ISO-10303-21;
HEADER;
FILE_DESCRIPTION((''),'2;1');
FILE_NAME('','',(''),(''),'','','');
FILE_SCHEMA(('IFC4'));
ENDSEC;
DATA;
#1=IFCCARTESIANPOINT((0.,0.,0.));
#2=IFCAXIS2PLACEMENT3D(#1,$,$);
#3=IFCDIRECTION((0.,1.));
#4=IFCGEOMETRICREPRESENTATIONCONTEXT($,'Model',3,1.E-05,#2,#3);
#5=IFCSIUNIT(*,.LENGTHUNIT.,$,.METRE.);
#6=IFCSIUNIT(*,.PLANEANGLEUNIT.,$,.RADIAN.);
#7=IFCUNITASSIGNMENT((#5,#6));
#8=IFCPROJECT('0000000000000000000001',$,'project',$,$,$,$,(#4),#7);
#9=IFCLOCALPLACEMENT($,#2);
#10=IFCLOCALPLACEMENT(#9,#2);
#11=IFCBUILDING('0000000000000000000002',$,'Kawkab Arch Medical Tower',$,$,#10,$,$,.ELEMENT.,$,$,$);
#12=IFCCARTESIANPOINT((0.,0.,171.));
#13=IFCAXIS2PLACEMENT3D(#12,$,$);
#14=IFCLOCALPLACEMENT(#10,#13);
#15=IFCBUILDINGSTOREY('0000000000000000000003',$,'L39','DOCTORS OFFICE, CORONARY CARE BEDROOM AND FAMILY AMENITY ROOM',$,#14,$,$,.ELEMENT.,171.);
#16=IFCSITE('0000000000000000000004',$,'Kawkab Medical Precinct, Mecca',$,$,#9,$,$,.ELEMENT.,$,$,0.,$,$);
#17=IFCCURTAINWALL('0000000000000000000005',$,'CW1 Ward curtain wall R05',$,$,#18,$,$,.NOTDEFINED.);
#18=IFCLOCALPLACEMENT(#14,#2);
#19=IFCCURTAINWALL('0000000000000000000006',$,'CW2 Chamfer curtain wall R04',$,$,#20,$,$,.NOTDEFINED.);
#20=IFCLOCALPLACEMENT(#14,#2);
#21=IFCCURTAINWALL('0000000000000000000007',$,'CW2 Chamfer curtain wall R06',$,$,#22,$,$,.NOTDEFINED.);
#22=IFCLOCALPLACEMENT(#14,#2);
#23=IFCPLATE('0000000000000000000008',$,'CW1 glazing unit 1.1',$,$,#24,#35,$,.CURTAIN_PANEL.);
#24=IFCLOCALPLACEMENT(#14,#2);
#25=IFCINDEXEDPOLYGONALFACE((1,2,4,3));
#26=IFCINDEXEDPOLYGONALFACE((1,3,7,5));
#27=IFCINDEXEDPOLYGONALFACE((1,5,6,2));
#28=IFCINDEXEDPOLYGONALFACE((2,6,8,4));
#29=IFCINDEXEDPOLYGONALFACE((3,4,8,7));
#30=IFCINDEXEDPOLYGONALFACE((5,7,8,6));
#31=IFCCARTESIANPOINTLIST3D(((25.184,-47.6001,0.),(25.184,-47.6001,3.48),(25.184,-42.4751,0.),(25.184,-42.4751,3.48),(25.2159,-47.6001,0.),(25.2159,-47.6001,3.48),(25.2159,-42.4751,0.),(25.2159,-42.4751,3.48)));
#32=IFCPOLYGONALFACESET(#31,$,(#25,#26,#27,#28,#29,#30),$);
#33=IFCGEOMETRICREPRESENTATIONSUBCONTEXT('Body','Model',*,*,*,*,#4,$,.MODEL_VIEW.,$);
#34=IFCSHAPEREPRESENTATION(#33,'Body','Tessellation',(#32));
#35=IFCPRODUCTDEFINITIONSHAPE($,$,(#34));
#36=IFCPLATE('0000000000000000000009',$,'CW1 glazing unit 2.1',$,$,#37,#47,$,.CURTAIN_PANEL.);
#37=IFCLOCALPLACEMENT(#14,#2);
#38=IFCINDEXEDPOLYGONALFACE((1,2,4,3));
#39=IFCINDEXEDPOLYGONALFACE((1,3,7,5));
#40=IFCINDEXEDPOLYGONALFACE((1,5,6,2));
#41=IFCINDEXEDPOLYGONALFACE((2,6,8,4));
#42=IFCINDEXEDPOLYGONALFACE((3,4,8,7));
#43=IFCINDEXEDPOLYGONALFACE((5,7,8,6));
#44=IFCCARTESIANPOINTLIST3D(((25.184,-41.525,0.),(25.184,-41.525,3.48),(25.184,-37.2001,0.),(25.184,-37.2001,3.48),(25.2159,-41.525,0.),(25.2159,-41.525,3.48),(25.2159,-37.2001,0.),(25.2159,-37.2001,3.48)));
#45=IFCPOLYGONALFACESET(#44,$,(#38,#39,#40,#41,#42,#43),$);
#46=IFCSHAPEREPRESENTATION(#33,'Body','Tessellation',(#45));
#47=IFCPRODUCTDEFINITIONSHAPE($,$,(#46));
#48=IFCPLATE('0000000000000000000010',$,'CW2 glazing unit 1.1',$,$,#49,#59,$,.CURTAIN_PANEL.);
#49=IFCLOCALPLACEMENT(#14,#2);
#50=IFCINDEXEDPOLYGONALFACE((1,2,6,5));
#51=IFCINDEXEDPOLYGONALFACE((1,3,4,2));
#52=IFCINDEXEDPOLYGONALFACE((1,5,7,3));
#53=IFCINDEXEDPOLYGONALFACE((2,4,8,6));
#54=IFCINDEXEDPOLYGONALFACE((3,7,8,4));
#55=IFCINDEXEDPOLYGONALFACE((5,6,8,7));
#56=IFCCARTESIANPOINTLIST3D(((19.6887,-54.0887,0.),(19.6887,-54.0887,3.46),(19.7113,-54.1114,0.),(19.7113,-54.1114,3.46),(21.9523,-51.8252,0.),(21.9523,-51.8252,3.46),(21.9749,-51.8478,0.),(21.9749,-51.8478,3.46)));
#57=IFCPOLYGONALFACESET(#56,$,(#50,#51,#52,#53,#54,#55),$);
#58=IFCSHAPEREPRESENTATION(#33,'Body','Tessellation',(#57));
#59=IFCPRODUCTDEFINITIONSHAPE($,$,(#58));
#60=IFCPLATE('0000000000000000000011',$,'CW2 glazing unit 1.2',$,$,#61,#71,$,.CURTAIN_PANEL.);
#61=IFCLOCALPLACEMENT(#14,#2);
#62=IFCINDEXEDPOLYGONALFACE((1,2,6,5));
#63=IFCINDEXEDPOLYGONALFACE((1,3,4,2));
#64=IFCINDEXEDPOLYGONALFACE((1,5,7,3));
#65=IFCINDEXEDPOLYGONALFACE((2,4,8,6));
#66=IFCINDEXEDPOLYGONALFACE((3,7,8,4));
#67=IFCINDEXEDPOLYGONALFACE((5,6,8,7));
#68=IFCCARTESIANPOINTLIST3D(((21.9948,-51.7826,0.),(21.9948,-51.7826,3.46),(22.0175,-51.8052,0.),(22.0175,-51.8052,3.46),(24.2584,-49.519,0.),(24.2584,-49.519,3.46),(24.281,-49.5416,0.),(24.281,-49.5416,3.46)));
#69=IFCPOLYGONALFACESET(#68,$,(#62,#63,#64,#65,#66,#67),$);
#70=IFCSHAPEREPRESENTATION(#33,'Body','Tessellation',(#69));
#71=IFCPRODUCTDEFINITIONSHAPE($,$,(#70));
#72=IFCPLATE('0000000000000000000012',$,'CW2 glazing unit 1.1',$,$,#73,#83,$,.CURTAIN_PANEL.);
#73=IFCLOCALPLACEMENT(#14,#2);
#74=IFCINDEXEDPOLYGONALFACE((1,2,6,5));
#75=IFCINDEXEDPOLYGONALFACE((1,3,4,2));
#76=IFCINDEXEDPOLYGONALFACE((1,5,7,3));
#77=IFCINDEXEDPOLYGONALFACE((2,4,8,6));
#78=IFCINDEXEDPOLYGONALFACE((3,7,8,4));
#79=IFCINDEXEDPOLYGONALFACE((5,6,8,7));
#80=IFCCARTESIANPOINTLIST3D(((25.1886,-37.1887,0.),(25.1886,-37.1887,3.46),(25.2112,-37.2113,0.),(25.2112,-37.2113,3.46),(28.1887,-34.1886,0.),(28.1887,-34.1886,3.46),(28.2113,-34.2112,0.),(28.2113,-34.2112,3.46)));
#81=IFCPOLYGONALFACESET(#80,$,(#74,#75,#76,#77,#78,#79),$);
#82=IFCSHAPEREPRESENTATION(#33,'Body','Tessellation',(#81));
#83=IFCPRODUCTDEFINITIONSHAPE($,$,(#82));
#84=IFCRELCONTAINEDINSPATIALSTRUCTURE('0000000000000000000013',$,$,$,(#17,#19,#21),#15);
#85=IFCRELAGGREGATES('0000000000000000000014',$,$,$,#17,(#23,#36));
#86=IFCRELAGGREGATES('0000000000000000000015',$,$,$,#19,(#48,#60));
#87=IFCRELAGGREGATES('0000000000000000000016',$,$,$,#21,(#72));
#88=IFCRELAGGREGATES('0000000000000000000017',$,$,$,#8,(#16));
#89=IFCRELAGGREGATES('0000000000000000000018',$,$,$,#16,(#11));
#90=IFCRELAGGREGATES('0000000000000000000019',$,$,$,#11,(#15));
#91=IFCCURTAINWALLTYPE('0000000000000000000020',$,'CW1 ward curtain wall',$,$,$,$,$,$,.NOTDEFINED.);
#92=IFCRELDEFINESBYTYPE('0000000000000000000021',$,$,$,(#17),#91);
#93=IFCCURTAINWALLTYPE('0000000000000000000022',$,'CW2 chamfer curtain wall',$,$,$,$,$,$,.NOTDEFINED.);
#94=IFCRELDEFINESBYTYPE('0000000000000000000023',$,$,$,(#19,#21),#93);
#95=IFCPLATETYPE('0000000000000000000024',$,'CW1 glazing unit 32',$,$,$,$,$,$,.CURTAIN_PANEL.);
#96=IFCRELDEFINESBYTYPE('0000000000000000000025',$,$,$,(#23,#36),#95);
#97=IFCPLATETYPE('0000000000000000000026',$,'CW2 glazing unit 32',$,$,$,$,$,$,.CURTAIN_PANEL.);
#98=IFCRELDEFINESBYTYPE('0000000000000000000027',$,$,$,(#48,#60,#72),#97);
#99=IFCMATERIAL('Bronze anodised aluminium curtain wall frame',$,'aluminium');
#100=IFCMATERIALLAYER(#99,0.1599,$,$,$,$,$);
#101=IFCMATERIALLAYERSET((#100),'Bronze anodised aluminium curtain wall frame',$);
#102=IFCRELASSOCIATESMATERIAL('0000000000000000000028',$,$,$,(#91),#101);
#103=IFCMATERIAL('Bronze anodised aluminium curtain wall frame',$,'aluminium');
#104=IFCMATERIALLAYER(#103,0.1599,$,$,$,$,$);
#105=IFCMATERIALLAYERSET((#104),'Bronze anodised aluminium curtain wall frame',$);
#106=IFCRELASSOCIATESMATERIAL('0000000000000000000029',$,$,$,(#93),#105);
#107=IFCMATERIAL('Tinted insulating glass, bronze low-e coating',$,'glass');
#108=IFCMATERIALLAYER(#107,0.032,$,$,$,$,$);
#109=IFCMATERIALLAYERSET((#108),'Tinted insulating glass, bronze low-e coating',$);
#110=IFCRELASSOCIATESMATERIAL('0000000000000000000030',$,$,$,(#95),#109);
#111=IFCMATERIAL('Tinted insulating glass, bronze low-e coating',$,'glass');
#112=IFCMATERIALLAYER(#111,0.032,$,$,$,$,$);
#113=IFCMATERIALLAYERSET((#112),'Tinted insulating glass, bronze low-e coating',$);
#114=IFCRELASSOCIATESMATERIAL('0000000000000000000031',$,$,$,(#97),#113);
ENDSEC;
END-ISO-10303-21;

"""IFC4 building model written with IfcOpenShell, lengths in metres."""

from ifc_helpers import new_model, si_unit, direction, frame, origin, origin_2d, place, context, subcontext, project, spatial, rectangle, extrude, material, layer, layer_set, type_object, element, aggregate, save


model = new_model("IFC4")

# Units and contexts
model_context = context("Model", 3, precision=1e-05, world=origin(), true_north=direction((0.0, 1.0)))
body_context = subcontext(model_context, "Body", "Model", "MODEL_VIEW")
ifc_project = project(units=[si_unit("LENGTHUNIT", "METRE"), si_unit("PLANEANGLEUNIT", "RADIAN")], contexts=[model_context])

# Site, building, storey
site_placement = place(None, origin())
site = spatial("IfcSite", under=ifc_project, at=site_placement, Name="Kawkab Medical Precinct, Mecca", CompositionType="ELEMENT", RefElevation=0.0)
building_placement = place(site_placement, origin())
building = spatial("IfcBuilding", under=site, at=building_placement, Name="Kawkab Arch Medical Tower", CompositionType="ELEMENT")
storey_placement = place(building_placement, frame((0.0, 0.0, 171.0)))
storey = spatial("IfcBuildingStorey", under=building, at=storey_placement, Name="L39", Description="DOCTORS OFFICE, CORONARY CARE BEDROOM AND FAMILY AMENITY ROOM", CompositionType="ELEMENT", Elevation=171.0)

# Curtain walls
ifc_material_1 = material(Name="Bronze anodised aluminium curtain wall frame", Category="aluminium")
ifc_layer_1 = layer(ifc_material_1, 0.1599)
ifc_layer_set_1 = layer_set([ifc_layer_1], Name="Bronze anodised aluminium curtain wall frame")
curtain_wall_type_1 = type_object("IfcCurtainWallType", Name="CW1 ward curtain wall", PredefinedType="NOTDEFINED", material=ifc_layer_set_1)
placement = place(storey_placement, origin())
curtain_wall_1 = element("IfcCurtainWall", 1, at=placement, inside=storey, type_object=curtain_wall_type_1, Name="CW1 Ward curtain wall R05", PredefinedType="NOTDEFINED")
ifc_material_2 = material(Name="Bronze anodised aluminium curtain wall frame", Category="aluminium")
ifc_layer_2 = layer(ifc_material_2, 0.1599)
ifc_layer_set_2 = layer_set([ifc_layer_2], Name="Bronze anodised aluminium curtain wall frame")
curtain_wall_type_2 = type_object("IfcCurtainWallType", Name="CW2 chamfer curtain wall", PredefinedType="NOTDEFINED", material=ifc_layer_set_2)
curtain_wall_2 = element("IfcCurtainWall", 2, at=placement, inside=storey, type_object=curtain_wall_type_2, Name="CW2 Chamfer curtain wall R04", PredefinedType="NOTDEFINED")
curtain_wall_3 = element("IfcCurtainWall", 3, at=placement, inside=storey, type_object=curtain_wall_type_2, Name="CW2 Chamfer curtain wall R06", PredefinedType="NOTDEFINED")

# Plates
ifc_material_3 = material(Name="Tinted insulating glass, bronze low-e coating", Category="glass")
ifc_layer_3 = layer(ifc_material_3, 0.032)
ifc_layer_set_3 = layer_set([ifc_layer_3], Name="Tinted insulating glass, bronze low-e coating")
plate_type_1 = type_object("IfcPlateType", Name="CW1 glazing unit 32", PredefinedType="CURTAIN_PANEL", material=ifc_layer_set_3)
plate_1_placement = place(storey_placement, frame((25.2, -45.0376, 0.0), z_axis=(0.0, 0.0, 1.0), x_axis=(0.0, 1.0, 0.0)))
plate_1 = element("IfcPlate", 4, at=plate_1_placement, type_object=plate_type_1, Name="CW1 glazing unit 1.1", PredefinedType="CURTAIN_PANEL", context=body_context, shape_type="SweptSolid", body=[
    extrude(rectangle(XDim=5.125, YDim=0.032, at=origin_2d()), origin(), (0.0, 0.0, 1.0), 3.48),
])
plate_2_placement = place(storey_placement, frame((25.2, -39.3625, 0.0), z_axis=(0.0, 0.0, 1.0), x_axis=(0.0, 1.0, 0.0)))
plate_2 = element("IfcPlate", 5, at=plate_2_placement, type_object=plate_type_1, Name="CW1 glazing unit 2.1", PredefinedType="CURTAIN_PANEL", context=body_context, shape_type="SweptSolid", body=[
    extrude(rectangle(XDim=4.325, YDim=0.032, at=origin_2d()), origin(), (0.0, 0.0, 1.0), 3.48),
])
aggregate(curtain_wall_1, [plate_1, plate_2])
ifc_material_4 = material(Name="Tinted insulating glass, bronze low-e coating", Category="glass")
ifc_layer_4 = layer(ifc_material_4, 0.032)
ifc_layer_set_4 = layer_set([ifc_layer_4], Name="Tinted insulating glass, bronze low-e coating")
plate_type_2 = type_object("IfcPlateType", Name="CW2 glazing unit 32", PredefinedType="CURTAIN_PANEL", material=ifc_layer_set_4)
plate_3_placement = place(storey_placement, frame((20.8318, -52.9683, 0.0), z_axis=(0.0, 0.0, 1.0), x_axis=(0.707107, 0.707107, 0.0)))
plate_3 = element("IfcPlate", 6, at=plate_3_placement, type_object=plate_type_2, Name="CW2 glazing unit 1.1", PredefinedType="CURTAIN_PANEL", context=body_context, shape_type="SweptSolid", body=[
    extrude(rectangle(XDim=3.2012, YDim=0.032, at=origin_2d()), origin(), (0.0, 0.0, 1.0), 3.46),
])
plate_4_placement = place(storey_placement, frame((23.1379, -50.6621, 0.0), z_axis=(0.0, 0.0, 1.0), x_axis=(0.707107, 0.707107, 0.0)))
plate_4 = element("IfcPlate", 7, at=plate_4_placement, type_object=plate_type_2, Name="CW2 glazing unit 1.2", PredefinedType="CURTAIN_PANEL", context=body_context, shape_type="SweptSolid", body=[
    extrude(rectangle(XDim=3.2012, YDim=0.032, at=origin_2d()), origin(), (0.0, 0.0, 1.0), 3.46),
])
aggregate(curtain_wall_2, [plate_3, plate_4])
plate_5_placement = place(storey_placement, frame((26.7, -35.7, 0.0), z_axis=(0.0, 0.0, 1.0), x_axis=(0.707107, 0.707107, 0.0)))
plate_5 = element("IfcPlate", 8, at=plate_5_placement, type_object=plate_type_2, Name="CW2 glazing unit 1.1", PredefinedType="CURTAIN_PANEL", context=body_context, shape_type="SweptSolid", body=[
    extrude(rectangle(XDim=4.2427, YDim=0.032, at=origin_2d()), origin(), (0.0, 0.0, 1.0), 3.46),
])
aggregate(curtain_wall_3, [plate_5])

save(model, "model.ifc")
